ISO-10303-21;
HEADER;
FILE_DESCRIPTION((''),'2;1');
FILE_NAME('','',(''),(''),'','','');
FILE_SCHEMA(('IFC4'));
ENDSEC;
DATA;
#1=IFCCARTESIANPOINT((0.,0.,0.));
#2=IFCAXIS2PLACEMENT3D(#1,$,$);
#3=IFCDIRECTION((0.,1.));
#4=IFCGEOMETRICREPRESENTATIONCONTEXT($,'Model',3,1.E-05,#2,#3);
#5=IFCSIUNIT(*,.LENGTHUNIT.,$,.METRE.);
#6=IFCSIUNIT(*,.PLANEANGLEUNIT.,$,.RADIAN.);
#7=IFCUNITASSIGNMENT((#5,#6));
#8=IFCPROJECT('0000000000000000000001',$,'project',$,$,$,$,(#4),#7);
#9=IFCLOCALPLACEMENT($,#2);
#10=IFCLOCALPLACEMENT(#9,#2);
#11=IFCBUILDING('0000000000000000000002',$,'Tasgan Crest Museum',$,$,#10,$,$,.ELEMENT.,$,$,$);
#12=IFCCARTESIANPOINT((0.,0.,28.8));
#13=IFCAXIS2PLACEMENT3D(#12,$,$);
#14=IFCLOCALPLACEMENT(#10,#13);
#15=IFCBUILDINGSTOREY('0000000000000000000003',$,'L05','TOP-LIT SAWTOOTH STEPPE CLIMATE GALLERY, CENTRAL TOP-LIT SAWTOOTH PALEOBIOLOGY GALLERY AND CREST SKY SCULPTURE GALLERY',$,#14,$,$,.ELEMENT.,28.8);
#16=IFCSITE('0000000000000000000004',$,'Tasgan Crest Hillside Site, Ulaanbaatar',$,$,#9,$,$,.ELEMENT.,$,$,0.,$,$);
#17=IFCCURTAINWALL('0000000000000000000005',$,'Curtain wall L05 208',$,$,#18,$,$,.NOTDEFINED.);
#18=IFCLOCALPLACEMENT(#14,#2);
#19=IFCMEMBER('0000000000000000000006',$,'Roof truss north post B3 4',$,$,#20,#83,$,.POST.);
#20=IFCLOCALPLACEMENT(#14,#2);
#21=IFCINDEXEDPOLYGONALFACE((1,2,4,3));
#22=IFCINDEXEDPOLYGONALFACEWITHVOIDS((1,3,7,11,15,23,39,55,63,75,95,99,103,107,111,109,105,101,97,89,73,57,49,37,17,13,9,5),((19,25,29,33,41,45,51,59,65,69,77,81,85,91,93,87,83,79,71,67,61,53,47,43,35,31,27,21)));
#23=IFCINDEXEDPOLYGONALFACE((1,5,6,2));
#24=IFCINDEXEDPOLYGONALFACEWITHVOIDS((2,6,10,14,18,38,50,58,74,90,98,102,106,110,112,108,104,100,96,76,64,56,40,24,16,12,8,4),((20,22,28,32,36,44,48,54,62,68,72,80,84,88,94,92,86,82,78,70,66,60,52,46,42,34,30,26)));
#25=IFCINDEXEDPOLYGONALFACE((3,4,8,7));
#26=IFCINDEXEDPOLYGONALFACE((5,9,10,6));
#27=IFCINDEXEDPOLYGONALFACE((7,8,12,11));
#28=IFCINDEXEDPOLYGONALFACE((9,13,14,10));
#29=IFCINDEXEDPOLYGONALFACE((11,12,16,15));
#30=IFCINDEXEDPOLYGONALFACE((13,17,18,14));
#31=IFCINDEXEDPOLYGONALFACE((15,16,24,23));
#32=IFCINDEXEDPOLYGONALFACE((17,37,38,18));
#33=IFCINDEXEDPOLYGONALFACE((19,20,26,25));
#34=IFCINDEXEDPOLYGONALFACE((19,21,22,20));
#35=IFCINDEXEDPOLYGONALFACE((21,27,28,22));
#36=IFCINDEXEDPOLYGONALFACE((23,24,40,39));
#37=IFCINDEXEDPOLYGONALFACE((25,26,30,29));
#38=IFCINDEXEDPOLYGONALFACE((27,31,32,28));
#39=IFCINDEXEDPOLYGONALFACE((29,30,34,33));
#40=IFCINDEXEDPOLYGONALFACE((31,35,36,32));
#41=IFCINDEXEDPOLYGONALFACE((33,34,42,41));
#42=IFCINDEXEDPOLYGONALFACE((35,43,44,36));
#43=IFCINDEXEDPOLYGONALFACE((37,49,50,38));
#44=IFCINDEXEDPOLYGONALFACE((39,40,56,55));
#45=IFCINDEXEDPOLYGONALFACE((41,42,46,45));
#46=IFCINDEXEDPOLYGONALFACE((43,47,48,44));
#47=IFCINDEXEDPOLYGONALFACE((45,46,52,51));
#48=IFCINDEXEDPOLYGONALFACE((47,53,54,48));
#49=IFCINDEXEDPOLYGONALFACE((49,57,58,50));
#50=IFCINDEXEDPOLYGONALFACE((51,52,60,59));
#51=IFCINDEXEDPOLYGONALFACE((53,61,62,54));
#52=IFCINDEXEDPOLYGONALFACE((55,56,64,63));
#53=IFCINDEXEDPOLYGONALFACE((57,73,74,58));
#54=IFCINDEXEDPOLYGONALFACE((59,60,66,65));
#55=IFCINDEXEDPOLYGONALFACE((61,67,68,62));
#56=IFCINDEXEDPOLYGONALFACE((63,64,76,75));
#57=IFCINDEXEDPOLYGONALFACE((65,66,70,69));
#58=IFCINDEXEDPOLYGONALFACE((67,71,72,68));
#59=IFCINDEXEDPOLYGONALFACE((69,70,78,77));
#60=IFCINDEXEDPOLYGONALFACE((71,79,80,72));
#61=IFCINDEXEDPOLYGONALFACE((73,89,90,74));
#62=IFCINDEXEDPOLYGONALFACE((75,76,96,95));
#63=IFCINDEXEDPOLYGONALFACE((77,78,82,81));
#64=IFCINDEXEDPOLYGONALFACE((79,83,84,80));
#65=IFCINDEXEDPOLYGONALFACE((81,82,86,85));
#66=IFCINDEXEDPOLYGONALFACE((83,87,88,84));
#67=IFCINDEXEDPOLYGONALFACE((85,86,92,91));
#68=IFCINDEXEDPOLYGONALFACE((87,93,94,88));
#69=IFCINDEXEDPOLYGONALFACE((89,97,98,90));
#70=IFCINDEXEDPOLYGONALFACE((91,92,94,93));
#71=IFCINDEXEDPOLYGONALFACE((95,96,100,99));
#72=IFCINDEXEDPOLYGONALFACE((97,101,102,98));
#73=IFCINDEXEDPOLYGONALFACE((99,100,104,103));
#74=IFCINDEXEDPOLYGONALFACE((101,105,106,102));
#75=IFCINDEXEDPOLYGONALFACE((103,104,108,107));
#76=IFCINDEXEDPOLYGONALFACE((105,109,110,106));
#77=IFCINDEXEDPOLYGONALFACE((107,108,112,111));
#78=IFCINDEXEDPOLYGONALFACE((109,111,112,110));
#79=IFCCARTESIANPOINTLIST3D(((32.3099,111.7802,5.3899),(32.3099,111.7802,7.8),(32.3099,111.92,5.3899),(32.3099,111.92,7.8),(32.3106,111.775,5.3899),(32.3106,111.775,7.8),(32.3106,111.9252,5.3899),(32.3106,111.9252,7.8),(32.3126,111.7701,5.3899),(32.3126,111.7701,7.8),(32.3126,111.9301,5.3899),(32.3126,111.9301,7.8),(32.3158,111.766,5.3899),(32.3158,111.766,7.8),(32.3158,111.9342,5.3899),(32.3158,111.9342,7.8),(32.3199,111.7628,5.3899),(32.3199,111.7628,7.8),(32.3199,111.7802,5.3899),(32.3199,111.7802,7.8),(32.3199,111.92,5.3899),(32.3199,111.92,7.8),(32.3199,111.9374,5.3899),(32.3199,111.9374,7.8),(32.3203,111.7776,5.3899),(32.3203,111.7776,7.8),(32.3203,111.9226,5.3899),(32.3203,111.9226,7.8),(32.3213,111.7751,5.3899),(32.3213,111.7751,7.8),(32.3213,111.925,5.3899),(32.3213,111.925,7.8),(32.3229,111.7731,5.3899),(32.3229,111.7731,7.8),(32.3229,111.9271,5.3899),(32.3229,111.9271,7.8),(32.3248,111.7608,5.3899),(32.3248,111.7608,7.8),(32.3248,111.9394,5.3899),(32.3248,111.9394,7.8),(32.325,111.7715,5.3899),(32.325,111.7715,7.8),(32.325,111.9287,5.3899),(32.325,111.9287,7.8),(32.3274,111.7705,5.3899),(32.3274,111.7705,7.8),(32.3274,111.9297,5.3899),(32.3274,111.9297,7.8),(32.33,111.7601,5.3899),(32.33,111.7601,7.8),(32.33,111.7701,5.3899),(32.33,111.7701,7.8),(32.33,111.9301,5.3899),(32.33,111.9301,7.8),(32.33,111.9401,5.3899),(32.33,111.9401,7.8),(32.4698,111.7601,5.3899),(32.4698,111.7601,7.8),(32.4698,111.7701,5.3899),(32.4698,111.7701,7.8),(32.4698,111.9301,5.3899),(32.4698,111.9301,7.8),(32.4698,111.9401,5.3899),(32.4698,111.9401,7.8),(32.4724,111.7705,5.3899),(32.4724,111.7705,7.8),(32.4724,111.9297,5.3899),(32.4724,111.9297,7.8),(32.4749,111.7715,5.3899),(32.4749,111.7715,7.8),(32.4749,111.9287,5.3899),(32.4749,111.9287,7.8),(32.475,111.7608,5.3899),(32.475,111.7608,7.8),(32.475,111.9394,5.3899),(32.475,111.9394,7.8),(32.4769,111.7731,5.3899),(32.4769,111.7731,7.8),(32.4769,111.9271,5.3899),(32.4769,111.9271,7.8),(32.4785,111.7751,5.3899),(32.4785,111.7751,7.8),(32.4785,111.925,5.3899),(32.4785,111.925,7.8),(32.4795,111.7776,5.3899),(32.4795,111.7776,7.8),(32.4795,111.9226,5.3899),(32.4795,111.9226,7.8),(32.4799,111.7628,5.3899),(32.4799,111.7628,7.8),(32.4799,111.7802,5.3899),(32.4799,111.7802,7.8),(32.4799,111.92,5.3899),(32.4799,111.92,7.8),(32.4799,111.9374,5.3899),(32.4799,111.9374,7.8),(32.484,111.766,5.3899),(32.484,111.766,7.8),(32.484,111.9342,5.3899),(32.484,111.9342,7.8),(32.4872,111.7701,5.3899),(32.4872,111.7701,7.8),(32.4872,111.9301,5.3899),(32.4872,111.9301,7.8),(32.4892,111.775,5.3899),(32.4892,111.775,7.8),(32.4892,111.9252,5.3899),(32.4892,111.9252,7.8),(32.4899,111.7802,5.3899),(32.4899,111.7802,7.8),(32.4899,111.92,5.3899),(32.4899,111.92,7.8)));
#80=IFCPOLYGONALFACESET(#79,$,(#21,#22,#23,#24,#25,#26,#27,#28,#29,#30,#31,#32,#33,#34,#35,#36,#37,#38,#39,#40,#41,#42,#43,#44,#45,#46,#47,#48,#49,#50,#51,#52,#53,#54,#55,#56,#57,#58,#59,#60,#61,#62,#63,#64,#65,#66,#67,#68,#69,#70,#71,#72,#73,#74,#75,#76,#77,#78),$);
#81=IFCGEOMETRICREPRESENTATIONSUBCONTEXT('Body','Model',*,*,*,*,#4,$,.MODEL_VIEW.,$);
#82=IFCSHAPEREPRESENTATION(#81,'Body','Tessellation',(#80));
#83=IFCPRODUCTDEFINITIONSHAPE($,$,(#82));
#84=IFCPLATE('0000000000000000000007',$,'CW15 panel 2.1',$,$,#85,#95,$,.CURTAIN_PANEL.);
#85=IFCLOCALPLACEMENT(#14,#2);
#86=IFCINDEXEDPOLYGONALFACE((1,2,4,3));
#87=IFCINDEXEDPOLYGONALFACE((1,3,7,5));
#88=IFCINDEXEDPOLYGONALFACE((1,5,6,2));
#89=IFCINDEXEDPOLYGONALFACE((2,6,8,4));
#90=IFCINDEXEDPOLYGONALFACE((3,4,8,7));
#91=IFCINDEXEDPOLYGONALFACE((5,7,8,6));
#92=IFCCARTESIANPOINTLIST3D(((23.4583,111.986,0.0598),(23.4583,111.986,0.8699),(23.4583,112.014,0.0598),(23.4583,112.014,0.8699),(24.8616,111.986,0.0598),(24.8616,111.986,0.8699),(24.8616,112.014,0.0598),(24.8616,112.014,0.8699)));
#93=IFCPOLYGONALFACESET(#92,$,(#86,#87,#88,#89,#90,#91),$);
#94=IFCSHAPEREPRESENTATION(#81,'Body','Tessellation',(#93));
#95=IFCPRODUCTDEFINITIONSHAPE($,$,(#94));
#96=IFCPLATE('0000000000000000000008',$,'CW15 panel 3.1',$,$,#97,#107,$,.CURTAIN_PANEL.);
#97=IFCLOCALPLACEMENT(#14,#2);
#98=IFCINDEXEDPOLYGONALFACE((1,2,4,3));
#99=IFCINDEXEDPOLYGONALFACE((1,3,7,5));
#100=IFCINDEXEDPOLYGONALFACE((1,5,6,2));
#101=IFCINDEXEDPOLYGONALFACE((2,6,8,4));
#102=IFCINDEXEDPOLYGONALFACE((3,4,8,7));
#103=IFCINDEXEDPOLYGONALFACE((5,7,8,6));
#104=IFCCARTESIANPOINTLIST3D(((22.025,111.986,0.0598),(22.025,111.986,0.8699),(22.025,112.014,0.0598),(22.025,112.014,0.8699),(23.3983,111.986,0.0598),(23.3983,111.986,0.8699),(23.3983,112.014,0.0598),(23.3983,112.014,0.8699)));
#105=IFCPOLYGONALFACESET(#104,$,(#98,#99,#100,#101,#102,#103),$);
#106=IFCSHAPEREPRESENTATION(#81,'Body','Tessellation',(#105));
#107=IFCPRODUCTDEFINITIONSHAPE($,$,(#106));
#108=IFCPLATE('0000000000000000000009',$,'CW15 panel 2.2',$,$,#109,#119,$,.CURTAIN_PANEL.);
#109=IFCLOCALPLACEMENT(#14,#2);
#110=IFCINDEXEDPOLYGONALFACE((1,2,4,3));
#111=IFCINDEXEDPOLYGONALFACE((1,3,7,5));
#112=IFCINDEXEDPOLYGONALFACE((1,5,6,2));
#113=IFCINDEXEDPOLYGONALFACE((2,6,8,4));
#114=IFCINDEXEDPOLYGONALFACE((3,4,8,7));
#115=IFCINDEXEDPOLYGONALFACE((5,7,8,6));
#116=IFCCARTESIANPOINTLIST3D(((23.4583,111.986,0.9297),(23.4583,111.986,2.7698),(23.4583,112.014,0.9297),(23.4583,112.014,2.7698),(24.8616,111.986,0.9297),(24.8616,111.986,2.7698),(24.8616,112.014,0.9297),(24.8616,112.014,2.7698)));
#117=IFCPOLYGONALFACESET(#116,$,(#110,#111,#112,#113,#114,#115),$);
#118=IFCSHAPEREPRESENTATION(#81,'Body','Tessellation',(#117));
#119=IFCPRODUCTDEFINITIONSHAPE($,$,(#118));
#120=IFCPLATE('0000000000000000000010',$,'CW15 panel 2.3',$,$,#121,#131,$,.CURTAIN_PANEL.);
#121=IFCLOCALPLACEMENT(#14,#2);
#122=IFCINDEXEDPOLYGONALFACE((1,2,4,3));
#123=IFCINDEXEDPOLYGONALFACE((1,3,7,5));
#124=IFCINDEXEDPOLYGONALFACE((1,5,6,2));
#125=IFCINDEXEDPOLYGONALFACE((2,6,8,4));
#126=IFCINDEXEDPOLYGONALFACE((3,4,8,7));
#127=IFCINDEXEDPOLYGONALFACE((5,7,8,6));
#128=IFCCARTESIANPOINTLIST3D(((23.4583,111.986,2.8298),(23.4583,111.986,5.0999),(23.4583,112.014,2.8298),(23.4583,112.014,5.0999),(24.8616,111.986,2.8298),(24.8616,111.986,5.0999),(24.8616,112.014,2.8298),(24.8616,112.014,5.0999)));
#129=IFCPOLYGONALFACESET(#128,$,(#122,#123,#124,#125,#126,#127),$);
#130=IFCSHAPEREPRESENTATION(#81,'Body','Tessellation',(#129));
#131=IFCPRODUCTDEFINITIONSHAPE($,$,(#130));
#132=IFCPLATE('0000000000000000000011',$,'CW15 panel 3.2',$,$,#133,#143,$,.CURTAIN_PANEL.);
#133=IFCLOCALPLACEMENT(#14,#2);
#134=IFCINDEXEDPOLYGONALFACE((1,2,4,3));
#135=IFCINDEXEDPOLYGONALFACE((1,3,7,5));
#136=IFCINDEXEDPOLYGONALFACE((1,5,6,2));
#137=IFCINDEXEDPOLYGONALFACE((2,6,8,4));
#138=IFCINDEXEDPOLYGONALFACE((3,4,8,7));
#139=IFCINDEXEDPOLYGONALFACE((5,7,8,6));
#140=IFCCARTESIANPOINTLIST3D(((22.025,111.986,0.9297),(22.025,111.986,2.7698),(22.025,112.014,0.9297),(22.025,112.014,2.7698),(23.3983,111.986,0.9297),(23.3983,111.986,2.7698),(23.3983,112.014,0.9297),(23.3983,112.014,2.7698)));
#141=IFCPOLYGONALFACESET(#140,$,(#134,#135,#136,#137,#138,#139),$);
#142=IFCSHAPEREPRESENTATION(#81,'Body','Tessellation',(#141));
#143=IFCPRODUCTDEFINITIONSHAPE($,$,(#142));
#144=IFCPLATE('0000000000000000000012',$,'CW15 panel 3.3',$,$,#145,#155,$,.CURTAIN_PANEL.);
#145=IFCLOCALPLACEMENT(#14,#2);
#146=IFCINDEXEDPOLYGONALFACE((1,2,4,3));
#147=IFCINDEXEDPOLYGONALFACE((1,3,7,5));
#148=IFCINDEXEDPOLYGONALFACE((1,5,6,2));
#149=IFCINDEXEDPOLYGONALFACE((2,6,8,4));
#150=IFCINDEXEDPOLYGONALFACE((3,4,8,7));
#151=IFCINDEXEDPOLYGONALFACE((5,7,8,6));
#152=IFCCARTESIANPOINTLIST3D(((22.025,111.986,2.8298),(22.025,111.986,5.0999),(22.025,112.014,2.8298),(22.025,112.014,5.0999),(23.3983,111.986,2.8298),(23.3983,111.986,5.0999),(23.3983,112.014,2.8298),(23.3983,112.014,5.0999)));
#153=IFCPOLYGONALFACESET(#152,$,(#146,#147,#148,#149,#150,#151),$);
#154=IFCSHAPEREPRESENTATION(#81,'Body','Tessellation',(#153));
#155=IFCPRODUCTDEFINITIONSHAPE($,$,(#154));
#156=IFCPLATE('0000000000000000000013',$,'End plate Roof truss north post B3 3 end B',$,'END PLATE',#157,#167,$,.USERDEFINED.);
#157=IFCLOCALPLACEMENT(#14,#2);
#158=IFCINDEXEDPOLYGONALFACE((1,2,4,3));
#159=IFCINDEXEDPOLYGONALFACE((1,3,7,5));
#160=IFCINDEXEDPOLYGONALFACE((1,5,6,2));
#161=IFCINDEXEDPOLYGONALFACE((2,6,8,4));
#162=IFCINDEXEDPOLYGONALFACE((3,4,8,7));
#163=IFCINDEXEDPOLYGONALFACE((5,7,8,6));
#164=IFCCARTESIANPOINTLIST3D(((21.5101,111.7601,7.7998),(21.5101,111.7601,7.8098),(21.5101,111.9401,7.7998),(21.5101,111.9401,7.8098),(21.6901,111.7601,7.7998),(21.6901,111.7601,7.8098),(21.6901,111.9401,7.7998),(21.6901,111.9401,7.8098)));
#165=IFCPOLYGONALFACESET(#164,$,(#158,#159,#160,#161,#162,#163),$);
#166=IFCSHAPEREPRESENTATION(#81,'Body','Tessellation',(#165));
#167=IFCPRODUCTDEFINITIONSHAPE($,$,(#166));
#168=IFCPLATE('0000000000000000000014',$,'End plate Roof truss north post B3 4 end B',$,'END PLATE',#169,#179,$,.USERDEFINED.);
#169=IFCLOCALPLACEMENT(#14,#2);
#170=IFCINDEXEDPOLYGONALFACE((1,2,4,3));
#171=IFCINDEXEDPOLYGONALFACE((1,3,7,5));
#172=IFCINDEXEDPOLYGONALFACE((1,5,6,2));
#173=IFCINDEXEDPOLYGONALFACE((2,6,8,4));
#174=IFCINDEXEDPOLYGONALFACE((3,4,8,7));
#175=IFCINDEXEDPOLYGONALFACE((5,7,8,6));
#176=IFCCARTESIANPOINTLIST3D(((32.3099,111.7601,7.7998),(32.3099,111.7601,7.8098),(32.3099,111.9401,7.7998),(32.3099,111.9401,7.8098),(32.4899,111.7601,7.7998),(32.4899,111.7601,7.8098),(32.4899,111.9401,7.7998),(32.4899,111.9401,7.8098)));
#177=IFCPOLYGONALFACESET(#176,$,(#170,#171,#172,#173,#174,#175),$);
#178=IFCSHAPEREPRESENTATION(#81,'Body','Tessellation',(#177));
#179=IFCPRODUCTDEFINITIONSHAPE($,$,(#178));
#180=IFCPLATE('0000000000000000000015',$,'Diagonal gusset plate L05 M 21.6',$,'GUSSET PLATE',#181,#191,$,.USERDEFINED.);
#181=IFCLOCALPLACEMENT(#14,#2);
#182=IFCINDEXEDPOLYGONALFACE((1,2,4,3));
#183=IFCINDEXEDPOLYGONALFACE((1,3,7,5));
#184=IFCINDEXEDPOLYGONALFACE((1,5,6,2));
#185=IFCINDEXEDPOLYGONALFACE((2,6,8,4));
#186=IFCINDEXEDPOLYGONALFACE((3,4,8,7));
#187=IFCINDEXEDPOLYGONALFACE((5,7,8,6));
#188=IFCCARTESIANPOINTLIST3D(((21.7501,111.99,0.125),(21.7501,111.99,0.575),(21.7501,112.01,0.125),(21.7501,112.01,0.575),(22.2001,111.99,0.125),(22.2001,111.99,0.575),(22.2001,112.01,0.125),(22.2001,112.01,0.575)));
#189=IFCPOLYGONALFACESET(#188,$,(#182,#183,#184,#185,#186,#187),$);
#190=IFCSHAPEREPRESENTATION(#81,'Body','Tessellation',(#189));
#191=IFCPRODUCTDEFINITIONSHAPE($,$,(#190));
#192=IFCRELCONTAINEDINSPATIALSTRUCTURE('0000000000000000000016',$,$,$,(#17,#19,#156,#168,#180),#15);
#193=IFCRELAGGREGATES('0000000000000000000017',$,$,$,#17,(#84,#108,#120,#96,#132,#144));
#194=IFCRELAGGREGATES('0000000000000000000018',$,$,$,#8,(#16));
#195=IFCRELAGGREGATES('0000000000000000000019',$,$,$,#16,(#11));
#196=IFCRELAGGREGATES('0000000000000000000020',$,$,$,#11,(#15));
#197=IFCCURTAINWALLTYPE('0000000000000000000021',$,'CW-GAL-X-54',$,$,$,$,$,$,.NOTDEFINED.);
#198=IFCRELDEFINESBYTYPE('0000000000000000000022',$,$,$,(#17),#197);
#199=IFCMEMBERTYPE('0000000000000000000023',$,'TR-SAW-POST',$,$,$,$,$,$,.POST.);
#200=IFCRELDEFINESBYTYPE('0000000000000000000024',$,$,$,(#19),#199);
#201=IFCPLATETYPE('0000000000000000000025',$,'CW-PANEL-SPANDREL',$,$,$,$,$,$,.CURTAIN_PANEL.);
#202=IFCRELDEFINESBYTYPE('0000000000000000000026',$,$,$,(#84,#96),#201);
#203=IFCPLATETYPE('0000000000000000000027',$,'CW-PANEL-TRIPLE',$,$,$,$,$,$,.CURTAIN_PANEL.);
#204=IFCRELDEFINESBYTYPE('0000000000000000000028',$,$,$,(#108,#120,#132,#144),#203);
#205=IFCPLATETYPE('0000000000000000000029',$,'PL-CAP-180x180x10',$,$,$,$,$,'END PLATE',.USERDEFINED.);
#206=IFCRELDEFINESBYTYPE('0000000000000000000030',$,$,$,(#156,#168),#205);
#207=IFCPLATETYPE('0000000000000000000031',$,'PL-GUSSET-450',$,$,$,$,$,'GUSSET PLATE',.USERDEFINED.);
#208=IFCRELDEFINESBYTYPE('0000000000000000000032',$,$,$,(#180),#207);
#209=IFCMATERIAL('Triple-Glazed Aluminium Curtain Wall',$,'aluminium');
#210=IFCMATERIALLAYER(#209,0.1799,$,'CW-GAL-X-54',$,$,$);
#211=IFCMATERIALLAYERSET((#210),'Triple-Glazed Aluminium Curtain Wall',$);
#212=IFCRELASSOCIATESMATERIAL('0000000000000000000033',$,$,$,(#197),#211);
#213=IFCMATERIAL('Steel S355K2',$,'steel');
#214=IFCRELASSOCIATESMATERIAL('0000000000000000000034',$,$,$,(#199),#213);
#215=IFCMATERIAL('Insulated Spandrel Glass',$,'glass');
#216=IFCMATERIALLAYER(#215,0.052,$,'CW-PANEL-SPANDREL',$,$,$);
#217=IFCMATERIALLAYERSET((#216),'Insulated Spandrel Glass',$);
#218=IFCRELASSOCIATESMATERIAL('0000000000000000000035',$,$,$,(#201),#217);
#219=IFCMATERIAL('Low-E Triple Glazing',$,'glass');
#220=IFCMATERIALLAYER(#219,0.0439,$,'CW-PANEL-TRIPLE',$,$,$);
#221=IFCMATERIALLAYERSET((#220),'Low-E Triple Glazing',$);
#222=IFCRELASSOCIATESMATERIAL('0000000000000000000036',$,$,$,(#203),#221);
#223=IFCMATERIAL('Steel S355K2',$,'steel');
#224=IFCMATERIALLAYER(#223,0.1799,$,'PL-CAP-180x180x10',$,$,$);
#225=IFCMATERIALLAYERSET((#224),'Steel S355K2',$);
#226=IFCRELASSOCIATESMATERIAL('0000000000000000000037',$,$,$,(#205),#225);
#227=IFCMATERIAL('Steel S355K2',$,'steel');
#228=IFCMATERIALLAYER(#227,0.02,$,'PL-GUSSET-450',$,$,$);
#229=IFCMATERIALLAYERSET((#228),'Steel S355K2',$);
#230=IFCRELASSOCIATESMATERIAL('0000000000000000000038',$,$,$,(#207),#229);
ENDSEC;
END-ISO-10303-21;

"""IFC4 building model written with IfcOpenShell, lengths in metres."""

from ifc_helpers import new_model, si_unit, direction, frame, origin, origin_2d, place, context, subcontext, project, spatial, rectangle, hollow_rectangle, extrude, material, layer, layer_set, material_profile, profile_set, type_object, element, aggregate, save


model = new_model("IFC4")

# Units and contexts
model_context = context("Model", 3, precision=1e-05, world=origin(), true_north=direction((0.0, 1.0)))
body_context = subcontext(model_context, "Body", "Model", "MODEL_VIEW")
ifc_project = project(units=[si_unit("LENGTHUNIT", "METRE"), si_unit("PLANEANGLEUNIT", "RADIAN")], contexts=[model_context])

# Site, building, storey
site_placement = place(None, origin())
site = spatial("IfcSite", under=ifc_project, at=site_placement, Name="Tasgan Crest Hillside Site, Ulaanbaatar", CompositionType="ELEMENT", RefElevation=0.0)
building_placement = place(site_placement, origin())
building = spatial("IfcBuilding", under=site, at=building_placement, Name="Tasgan Crest Museum", CompositionType="ELEMENT")
storey_placement = place(building_placement, frame((0.0, 0.0, 28.8)))
storey = spatial("IfcBuildingStorey", under=building, at=storey_placement, Name="L05", Description="TOP-LIT SAWTOOTH STEPPE CLIMATE GALLERY, CENTRAL TOP-LIT SAWTOOTH PALEOBIOLOGY GALLERY AND CREST SKY SCULPTURE GALLERY", CompositionType="ELEMENT", Elevation=28.8)

# Curtain wall
ifc_material_1 = material(Name="Triple-Glazed Aluminium Curtain Wall", Category="aluminium")
ifc_layer_1 = layer(ifc_material_1, 0.1799, Name="CW-GAL-X-54")
ifc_layer_set_1 = layer_set([ifc_layer_1], Name="Triple-Glazed Aluminium Curtain Wall")
curtain_wall_type = type_object("IfcCurtainWallType", Name="CW-GAL-X-54", PredefinedType="NOTDEFINED", material=ifc_layer_set_1)
curtain_wall_placement = place(storey_placement, origin())
curtain_wall = element("IfcCurtainWall", 1, at=curtain_wall_placement, inside=storey, type_object=curtain_wall_type, Name="Curtain wall L05 208", PredefinedType="NOTDEFINED")

# Member
ifc_material_2 = material(Name="Steel S355K2", Category="steel")
ifc_material_profile_1 = material_profile(ifc_material_2, hollow_rectangle(XDim=0.1799, YDim=0.1799, WallThickness=0.01, InnerFilletRadius=0.01, OuterFilletRadius=0.02, at=origin_2d()), Name="SHS 180x180x10")
ifc_profile_set_1 = profile_set([ifc_material_profile_1], Name="Steel S355K2")
member_type_1 = type_object("IfcMemberType", Name="TR-SAW-POST", PredefinedType="POST", material=ifc_profile_set_1)
for number, where, z_axis, x_axis, name in (
    (2, (32.3999, 111.8501, 5.3899), (0.0, 0.0, 1.0), (1.0, 0.0, 0.0), "Roof truss north post B3 4"),
):
    element("IfcMember", number, at=place(storey_placement, frame(where, z_axis=z_axis, x_axis=x_axis)), inside=storey, type_object=member_type_1, Name=name, PredefinedType="POST", context=body_context, shape_type="SweptSolid", body=[
        extrude(hollow_rectangle(XDim=0.1799, YDim=0.1799, WallThickness=0.01, InnerFilletRadius=0.01, OuterFilletRadius=0.02, at=origin_2d()), origin(), (0.0, 0.0, 1.0), 2.4102),
    ])

# Plates
ifc_material_3 = material(Name="Insulated Spandrel Glass", Category="glass")
ifc_layer_2 = layer(ifc_material_3, 0.052, Name="CW-PANEL-SPANDREL")
ifc_layer_set_2 = layer_set([ifc_layer_2], Name="Insulated Spandrel Glass")
plate_type_1 = type_object("IfcPlateType", Name="CW-PANEL-SPANDREL", PredefinedType="CURTAIN_PANEL", material=ifc_layer_set_2)
plate_1_placement = place(storey_placement, frame((24.1599, 112.0, 0.0598), z_axis=(0.0, 0.0, 1.0), x_axis=(-1.0, 0.0, 0.0)))
plate_1 = element("IfcPlate", 3, at=plate_1_placement, type_object=plate_type_1, Name="CW15 panel 2.1", PredefinedType="CURTAIN_PANEL", context=body_context, shape_type="SweptSolid", body=[
    extrude(rectangle(XDim=1.4033, YDim=0.0281, at=origin_2d()), origin(), (0.0, 0.0, 1.0), 0.8101),
])
plate_2_placement = place(storey_placement, frame((22.7117, 112.0, 0.0598), z_axis=(0.0, 0.0, 1.0), x_axis=(-1.0, 0.0, 0.0)))
plate_2 = element("IfcPlate", 4, at=plate_2_placement, type_object=plate_type_1, Name="CW15 panel 3.1", PredefinedType="CURTAIN_PANEL", context=body_context, shape_type="SweptSolid", body=[
    extrude(rectangle(XDim=1.3733, YDim=0.0281, at=origin_2d()), origin(), (0.0, 0.0, 1.0), 0.8101),
])
ifc_material_4 = material(Name="Low-E Triple Glazing", Category="glass")
ifc_layer_3 = layer(ifc_material_4, 0.0439, Name="CW-PANEL-TRIPLE")
ifc_layer_set_3 = layer_set([ifc_layer_3], Name="Low-E Triple Glazing")
plate_type_2 = type_object("IfcPlateType", Name="CW-PANEL-TRIPLE", PredefinedType="CURTAIN_PANEL", material=ifc_layer_set_3)
plate_3_placement = place(storey_placement, frame((24.1599, 112.0, 0.9297), z_axis=(0.0, 0.0, 1.0), x_axis=(-1.0, 0.0, 0.0)))
plate_3 = element("IfcPlate", 5, at=plate_3_placement, type_object=plate_type_2, Name="CW15 panel 2.2", PredefinedType="CURTAIN_PANEL", context=body_context, shape_type="SweptSolid", body=[
    extrude(rectangle(XDim=1.4033, YDim=0.0281, at=origin_2d()), origin(), (0.0, 0.0, 1.0), 1.8401),
])
plate_4_placement = place(storey_placement, frame((24.1599, 112.0, 2.8298), z_axis=(0.0, 0.0, 1.0), x_axis=(-1.0, 0.0, 0.0)))
plate_4 = element("IfcPlate", 6, at=plate_4_placement, type_object=plate_type_2, Name="CW15 panel 2.3", PredefinedType="CURTAIN_PANEL", context=body_context, shape_type="SweptSolid", body=[
    extrude(rectangle(XDim=1.4033, YDim=0.0281, at=origin_2d()), origin(), (0.0, 0.0, 1.0), 2.27),
])
plate_5_placement = place(storey_placement, frame((22.7117, 112.0, 0.9297), z_axis=(0.0, 0.0, 1.0), x_axis=(-1.0, 0.0, 0.0)))
plate_5 = element("IfcPlate", 7, at=plate_5_placement, type_object=plate_type_2, Name="CW15 panel 3.2", PredefinedType="CURTAIN_PANEL", context=body_context, shape_type="SweptSolid", body=[
    extrude(rectangle(XDim=1.3733, YDim=0.0281, at=origin_2d()), origin(), (0.0, 0.0, 1.0), 1.8401),
])
plate_6_placement = place(storey_placement, frame((22.7117, 112.0, 2.8298), z_axis=(0.0, 0.0, 1.0), x_axis=(-1.0, 0.0, 0.0)))
plate_6 = element("IfcPlate", 8, at=plate_6_placement, type_object=plate_type_2, Name="CW15 panel 3.3", PredefinedType="CURTAIN_PANEL", context=body_context, shape_type="SweptSolid", body=[
    extrude(rectangle(XDim=1.3733, YDim=0.0281, at=origin_2d()), origin(), (0.0, 0.0, 1.0), 2.27),
])
aggregate(curtain_wall, [plate_1, plate_3, plate_4, plate_2, plate_5, plate_6])

# Plates
ifc_material_5 = material(Name="Steel S355K2", Category="steel")
ifc_layer_4 = layer(ifc_material_5, 0.1799, Name="PL-CAP-180x180x10")
ifc_layer_set_4 = layer_set([ifc_layer_4], Name="Steel S355K2")
plate_type_3 = type_object("IfcPlateType", Name="PL-CAP-180x180x10", ElementType="END PLATE", PredefinedType="USERDEFINED", material=ifc_layer_set_4)
for number, where, z_axis, x_axis, name in (
    (9, (21.6001, 111.8501, 7.7998), (0.0, 0.0, 1.0), (1.0, 0.0, 0.0), "End plate Roof truss north post B3 3 end B"),
    (10, (32.3999, 111.8501, 7.7998), (0.0, 0.0, 1.0), (1.0, 0.0, 0.0), "End plate Roof truss north post B3 4 end B"),
):
    element("IfcPlate", number, at=place(storey_placement, frame(where, z_axis=z_axis, x_axis=x_axis)), inside=storey, type_object=plate_type_3, Name=name, ObjectType="END PLATE", PredefinedType="USERDEFINED", context=body_context, shape_type="SweptSolid", body=[
        extrude(rectangle(XDim=0.1799, YDim=0.1799, at=origin_2d()), origin(), (0.0, 0.0, 1.0), 0.01),
    ])
ifc_material_6 = material(Name="Steel S355K2", Category="steel")
ifc_layer_5 = layer(ifc_material_6, 0.02, Name="PL-GUSSET-450")
ifc_layer_set_5 = layer_set([ifc_layer_5], Name="Steel S355K2")
plate_type_4 = type_object("IfcPlateType", Name="PL-GUSSET-450", ElementType="GUSSET PLATE", PredefinedType="USERDEFINED", material=ifc_layer_set_5)
plate_7_placement = place(storey_placement, frame((21.9751, 112.0, 0.125), z_axis=(0.0, 0.0, 1.0), x_axis=(1.0, 0.0, 0.0)))
element("IfcPlate", 11, at=plate_7_placement, inside=storey, type_object=plate_type_4, Name="Diagonal gusset plate L05 M 21.6", ObjectType="GUSSET PLATE", PredefinedType="USERDEFINED", context=body_context, shape_type="SweptSolid", body=[
    extrude(rectangle(XDim=0.45, YDim=0.02, at=origin_2d()), origin(), (0.0, 0.0, 1.0), 0.45),
])

save(model, "model.ifc")
